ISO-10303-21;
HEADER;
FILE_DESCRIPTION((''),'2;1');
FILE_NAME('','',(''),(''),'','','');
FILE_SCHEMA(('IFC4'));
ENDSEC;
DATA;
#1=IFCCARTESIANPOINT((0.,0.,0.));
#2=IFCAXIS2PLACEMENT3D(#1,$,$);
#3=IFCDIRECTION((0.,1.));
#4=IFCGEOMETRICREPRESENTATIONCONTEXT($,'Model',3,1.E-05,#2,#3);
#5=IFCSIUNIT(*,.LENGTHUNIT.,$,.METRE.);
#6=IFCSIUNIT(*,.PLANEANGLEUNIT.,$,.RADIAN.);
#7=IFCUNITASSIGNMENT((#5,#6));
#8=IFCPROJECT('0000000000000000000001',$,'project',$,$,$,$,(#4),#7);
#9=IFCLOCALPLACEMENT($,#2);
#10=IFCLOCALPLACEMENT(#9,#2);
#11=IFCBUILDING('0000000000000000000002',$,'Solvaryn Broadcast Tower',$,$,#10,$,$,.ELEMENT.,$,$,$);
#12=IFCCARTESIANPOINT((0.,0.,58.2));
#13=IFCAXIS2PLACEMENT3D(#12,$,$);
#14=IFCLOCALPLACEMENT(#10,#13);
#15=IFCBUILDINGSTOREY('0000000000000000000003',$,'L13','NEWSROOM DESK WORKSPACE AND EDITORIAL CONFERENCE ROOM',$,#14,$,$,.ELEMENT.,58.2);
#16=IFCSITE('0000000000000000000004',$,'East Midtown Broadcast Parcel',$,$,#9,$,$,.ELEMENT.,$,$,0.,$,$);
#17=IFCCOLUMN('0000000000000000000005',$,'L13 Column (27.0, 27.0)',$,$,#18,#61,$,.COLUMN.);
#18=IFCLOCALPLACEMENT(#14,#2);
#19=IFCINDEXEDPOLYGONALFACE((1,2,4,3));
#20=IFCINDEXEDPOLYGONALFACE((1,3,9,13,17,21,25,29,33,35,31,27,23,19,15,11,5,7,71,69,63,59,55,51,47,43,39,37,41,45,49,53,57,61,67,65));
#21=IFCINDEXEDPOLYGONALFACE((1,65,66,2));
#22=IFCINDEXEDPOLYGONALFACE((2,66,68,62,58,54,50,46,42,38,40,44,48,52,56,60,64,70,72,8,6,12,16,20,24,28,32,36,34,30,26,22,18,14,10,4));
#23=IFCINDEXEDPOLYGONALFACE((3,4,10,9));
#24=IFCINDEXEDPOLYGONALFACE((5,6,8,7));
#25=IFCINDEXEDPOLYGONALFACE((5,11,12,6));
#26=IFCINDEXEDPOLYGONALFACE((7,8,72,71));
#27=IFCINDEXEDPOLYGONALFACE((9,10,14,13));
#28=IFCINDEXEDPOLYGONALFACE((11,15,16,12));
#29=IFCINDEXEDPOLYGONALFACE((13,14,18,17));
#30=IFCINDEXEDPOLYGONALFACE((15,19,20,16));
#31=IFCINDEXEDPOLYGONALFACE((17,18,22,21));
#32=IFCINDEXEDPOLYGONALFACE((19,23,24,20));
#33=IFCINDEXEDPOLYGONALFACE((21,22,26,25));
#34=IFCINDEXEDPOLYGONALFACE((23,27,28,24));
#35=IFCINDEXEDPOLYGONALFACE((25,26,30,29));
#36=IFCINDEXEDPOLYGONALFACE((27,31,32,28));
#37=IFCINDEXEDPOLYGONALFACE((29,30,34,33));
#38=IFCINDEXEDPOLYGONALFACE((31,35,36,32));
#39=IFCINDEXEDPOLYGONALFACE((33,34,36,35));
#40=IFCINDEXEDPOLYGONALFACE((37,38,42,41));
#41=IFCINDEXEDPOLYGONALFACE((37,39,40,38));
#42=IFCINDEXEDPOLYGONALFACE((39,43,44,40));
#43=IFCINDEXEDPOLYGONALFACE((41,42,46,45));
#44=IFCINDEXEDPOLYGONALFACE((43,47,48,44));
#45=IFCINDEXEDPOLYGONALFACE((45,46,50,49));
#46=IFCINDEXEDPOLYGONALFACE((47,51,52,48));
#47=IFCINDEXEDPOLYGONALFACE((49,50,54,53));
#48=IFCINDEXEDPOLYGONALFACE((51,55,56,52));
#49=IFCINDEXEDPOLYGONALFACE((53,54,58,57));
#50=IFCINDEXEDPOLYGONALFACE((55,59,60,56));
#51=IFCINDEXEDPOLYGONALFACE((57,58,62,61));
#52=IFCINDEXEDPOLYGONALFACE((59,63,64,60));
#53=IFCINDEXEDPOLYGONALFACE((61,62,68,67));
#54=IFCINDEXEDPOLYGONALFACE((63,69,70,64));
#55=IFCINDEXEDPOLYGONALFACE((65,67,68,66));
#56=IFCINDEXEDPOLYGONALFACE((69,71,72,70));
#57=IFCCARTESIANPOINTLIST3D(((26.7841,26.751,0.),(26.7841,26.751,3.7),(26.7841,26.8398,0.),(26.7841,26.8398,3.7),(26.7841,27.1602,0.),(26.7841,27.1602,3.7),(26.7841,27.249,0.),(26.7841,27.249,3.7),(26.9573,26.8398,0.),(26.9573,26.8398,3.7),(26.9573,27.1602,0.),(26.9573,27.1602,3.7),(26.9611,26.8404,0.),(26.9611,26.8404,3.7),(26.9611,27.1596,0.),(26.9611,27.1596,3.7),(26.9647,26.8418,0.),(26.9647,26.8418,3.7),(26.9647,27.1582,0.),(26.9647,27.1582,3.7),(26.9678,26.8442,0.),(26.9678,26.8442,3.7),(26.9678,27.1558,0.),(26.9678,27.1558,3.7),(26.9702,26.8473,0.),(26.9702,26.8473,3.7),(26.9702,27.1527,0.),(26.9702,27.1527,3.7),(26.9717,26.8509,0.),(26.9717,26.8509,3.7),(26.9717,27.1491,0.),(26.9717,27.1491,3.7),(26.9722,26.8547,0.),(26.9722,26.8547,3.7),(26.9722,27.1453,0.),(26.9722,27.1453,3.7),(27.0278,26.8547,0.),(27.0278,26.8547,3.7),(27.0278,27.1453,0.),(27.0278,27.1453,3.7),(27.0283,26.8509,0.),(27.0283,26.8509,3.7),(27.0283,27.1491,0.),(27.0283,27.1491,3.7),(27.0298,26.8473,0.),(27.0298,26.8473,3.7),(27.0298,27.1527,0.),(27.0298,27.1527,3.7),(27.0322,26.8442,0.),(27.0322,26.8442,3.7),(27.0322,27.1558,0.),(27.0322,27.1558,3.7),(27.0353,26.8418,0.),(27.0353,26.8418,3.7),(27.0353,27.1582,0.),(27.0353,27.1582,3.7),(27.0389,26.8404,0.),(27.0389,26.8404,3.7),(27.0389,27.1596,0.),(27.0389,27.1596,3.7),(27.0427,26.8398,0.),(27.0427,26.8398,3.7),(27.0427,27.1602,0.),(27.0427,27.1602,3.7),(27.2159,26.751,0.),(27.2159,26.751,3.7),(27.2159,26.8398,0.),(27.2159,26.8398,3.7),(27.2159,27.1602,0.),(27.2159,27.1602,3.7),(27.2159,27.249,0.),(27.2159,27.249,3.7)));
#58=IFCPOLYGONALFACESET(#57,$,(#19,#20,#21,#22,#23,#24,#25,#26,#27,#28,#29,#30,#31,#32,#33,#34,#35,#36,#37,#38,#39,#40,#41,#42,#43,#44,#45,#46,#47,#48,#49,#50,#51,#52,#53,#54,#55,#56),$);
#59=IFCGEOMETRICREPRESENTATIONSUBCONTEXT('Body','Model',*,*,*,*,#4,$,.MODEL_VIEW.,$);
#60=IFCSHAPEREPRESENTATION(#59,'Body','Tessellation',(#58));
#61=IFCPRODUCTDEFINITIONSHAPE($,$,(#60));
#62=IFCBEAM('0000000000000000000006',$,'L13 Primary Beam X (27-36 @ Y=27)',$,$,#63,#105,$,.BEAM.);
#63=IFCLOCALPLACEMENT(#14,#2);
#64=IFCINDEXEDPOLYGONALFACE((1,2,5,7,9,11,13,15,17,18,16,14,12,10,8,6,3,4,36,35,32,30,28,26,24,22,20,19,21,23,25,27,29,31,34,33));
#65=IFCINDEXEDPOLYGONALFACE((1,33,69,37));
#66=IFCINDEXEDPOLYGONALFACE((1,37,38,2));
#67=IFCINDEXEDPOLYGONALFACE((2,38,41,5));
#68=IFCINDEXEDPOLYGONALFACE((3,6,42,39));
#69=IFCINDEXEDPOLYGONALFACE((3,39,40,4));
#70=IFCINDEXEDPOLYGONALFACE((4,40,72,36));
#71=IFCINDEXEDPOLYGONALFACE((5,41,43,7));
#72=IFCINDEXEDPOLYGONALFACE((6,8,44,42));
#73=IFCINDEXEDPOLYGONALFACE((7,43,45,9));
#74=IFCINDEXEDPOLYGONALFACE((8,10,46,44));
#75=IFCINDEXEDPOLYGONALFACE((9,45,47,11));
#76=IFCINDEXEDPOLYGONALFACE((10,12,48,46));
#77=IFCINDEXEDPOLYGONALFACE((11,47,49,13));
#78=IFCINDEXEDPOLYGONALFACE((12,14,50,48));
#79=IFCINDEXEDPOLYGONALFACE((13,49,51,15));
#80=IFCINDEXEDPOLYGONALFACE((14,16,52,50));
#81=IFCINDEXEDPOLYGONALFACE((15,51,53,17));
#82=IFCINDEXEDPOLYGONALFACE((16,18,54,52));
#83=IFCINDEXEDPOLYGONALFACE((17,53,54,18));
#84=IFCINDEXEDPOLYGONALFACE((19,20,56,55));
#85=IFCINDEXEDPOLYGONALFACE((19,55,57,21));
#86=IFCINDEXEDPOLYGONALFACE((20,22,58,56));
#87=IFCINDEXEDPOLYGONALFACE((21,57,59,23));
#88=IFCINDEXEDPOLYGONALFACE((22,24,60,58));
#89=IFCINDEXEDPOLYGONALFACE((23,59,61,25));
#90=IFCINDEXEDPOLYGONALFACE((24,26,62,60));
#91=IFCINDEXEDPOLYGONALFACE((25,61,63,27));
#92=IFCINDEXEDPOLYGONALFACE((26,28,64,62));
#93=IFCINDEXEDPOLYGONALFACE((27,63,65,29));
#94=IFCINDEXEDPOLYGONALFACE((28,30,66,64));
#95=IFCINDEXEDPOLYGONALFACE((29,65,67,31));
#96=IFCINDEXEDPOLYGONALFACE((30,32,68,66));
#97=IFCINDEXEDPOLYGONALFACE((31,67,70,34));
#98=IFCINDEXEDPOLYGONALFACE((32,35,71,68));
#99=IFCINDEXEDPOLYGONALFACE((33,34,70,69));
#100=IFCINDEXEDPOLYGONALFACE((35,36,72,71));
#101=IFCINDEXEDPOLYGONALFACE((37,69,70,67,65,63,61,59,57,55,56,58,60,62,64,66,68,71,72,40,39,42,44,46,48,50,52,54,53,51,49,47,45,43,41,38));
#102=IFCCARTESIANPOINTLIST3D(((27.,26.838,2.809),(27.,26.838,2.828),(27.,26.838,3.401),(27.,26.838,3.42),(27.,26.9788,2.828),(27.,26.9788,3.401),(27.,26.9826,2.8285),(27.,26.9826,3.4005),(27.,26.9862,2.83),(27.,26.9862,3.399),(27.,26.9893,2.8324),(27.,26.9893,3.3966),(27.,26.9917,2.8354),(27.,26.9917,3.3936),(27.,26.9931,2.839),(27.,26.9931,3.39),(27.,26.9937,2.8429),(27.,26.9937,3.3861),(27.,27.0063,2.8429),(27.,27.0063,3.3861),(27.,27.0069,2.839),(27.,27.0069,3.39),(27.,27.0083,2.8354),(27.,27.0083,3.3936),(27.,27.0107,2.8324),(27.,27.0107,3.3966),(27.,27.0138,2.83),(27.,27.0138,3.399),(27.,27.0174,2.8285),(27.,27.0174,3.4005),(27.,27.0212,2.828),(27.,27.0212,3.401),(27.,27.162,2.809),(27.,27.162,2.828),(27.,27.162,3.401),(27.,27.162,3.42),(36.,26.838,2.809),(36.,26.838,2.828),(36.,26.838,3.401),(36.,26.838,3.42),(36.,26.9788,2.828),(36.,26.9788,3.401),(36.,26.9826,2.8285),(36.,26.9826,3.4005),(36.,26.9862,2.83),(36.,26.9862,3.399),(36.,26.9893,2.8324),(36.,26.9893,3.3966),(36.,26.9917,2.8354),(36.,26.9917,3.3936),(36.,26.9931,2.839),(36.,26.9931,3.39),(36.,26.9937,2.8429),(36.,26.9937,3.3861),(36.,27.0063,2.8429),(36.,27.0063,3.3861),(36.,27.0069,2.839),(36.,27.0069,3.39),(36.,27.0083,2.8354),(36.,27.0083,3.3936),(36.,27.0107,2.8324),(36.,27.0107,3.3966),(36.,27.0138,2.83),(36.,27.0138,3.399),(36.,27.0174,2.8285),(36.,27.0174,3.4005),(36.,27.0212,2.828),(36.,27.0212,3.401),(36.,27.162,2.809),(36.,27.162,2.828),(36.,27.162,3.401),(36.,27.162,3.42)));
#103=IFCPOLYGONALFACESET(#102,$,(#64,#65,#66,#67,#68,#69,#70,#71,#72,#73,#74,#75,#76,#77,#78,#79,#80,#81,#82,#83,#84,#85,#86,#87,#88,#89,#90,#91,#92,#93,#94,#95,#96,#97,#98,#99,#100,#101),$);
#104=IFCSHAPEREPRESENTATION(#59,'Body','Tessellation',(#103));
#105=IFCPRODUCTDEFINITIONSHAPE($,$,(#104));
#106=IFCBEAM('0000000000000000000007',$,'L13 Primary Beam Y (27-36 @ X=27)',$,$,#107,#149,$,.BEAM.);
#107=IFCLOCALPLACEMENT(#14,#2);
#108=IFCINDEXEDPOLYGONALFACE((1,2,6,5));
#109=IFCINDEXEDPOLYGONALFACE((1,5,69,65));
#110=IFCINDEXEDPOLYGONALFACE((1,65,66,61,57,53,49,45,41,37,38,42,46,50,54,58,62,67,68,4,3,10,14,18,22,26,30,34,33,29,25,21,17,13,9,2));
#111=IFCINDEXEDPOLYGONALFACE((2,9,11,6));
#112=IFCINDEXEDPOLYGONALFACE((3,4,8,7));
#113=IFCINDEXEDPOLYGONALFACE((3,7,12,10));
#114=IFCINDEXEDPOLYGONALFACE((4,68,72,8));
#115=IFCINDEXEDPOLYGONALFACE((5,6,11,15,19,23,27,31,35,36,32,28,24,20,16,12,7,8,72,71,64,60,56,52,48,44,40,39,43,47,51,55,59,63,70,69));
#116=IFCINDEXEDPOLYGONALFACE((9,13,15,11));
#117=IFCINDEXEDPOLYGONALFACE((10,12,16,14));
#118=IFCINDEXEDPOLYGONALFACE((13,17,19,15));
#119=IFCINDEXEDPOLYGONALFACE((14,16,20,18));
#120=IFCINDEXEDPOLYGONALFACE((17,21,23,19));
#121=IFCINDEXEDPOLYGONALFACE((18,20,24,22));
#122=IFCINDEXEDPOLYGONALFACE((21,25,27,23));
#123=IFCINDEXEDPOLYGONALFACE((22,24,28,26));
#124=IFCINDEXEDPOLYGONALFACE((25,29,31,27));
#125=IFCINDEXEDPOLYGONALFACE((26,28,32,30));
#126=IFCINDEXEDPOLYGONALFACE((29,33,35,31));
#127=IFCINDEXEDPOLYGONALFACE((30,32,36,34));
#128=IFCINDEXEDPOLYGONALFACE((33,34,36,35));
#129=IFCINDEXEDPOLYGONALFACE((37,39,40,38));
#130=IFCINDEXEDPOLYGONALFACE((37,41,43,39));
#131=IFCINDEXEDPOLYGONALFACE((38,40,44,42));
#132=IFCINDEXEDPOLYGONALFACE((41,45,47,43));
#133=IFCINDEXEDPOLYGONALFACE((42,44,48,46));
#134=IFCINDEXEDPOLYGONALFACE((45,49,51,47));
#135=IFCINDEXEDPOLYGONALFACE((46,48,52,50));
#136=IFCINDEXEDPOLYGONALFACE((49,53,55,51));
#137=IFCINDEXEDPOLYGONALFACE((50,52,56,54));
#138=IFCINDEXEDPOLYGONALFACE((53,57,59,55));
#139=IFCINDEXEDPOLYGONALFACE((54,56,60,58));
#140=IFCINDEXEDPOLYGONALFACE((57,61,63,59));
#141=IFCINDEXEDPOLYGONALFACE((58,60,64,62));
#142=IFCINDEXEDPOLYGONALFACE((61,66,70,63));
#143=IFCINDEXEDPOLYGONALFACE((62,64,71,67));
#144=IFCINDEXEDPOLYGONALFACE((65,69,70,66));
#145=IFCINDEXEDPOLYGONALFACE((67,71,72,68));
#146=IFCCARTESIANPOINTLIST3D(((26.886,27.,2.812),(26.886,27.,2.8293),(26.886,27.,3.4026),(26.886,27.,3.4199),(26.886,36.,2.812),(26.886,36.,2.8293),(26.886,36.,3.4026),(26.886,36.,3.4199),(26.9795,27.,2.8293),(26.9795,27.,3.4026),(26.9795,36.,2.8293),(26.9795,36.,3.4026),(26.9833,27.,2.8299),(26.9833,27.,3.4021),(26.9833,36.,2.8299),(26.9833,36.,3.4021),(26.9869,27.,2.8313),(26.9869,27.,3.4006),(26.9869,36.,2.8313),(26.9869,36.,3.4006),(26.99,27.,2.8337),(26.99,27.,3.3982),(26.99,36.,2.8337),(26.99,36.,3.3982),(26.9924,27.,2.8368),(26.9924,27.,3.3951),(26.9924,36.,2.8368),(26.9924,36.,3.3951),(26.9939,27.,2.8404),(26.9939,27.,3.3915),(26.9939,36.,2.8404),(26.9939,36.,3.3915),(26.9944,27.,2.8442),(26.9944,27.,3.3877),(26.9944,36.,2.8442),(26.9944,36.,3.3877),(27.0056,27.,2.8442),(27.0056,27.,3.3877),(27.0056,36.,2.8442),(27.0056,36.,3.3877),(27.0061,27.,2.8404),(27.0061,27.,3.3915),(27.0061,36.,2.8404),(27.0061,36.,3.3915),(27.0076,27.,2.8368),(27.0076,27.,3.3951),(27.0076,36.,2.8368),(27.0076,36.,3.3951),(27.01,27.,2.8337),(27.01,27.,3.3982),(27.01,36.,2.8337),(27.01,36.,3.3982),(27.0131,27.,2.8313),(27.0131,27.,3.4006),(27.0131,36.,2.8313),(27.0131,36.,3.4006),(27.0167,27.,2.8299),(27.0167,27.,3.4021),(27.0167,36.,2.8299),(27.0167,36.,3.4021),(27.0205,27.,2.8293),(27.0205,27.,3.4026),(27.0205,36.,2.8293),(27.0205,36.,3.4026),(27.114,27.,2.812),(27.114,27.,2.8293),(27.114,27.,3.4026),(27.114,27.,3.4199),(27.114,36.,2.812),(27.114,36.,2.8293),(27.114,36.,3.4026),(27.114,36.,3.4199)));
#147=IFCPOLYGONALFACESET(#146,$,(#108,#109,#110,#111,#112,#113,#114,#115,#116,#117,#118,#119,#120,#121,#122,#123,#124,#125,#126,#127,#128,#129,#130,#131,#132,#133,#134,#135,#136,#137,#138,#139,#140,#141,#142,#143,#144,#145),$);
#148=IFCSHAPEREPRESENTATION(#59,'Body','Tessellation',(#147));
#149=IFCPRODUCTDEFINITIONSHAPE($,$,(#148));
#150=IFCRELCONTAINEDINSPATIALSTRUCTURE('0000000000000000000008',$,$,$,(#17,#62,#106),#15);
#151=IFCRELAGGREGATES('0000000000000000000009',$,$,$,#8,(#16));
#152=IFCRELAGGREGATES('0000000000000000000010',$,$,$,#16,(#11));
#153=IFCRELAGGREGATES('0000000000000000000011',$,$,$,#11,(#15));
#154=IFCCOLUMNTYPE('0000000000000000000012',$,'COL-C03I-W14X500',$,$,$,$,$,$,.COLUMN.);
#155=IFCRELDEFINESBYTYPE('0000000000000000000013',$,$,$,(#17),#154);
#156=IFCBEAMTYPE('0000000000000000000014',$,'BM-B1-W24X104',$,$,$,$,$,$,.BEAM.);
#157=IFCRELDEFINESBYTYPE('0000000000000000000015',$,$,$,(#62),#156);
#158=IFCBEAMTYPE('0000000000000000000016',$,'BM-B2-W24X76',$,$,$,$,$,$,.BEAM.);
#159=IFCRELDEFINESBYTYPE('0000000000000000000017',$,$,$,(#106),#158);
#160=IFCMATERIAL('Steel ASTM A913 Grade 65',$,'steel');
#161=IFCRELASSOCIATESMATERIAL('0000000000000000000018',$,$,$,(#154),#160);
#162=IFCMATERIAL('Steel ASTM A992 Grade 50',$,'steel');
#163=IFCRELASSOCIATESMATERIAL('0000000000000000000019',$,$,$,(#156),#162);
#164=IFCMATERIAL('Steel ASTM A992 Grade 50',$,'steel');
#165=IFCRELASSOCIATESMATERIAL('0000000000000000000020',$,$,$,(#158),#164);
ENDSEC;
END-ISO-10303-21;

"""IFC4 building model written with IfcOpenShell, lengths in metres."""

from ifc_helpers import new_model, si_unit, direction, frame, origin, origin_2d, place, context, subcontext, project, spatial, i_section, extrude, material, material_profile, profile_set, type_object, element, save


model = new_model("IFC4")

# Units and contexts
model_context = context("Model", 3, precision=1e-05, world=origin(), true_north=direction((0.0, 1.0)))
body_context = subcontext(model_context, "Body", "Model", "MODEL_VIEW")
ifc_project = project(units=[si_unit("LENGTHUNIT", "METRE"), si_unit("PLANEANGLEUNIT", "RADIAN")], contexts=[model_context])

# Site, building, storey
site_placement = place(None, origin())
site = spatial("IfcSite", under=ifc_project, at=site_placement, Name="East Midtown Broadcast Parcel", CompositionType="ELEMENT", RefElevation=0.0)
building_placement = place(site_placement, origin())
building = spatial("IfcBuilding", under=site, at=building_placement, Name="Solvaryn Broadcast Tower", CompositionType="ELEMENT")
storey_placement = place(building_placement, frame((0.0, 0.0, 58.2)))
storey = spatial("IfcBuildingStorey", under=building, at=storey_placement, Name="L13", Description="NEWSROOM DESK WORKSPACE AND EDITORIAL CONFERENCE ROOM", CompositionType="ELEMENT", Elevation=58.2)

# Column
ifc_material_1 = material(Name="Steel ASTM A913 Grade 65", Category="steel")
ifc_material_profile_1 = material_profile(ifc_material_1, i_section(OverallWidth=0.4319, OverallDepth=0.498, WebThickness=0.0557, FlangeThickness=0.0889, FilletRadius=0.0149, at=origin_2d()))
ifc_profile_set_1 = profile_set([ifc_material_profile_1], Name="Steel ASTM A913 Grade 65")
column_type = type_object("IfcColumnType", Name="COL-C03I-W14X500", PredefinedType="COLUMN", material=ifc_profile_set_1)
column_placement = place(storey_placement, frame((27.0, 27.0, 0.0), z_axis=(0.0, 0.0, 1.0), x_axis=(1.0, 0.0, 0.0)))
element("IfcColumn", 1, at=column_placement, inside=storey, type_object=column_type, Name="L13 Column (27.0, 27.0)", PredefinedType="COLUMN", context=body_context, shape_type="SweptSolid", body=[
    extrude(i_section(OverallWidth=0.4319, OverallDepth=0.498, WebThickness=0.0557, FlangeThickness=0.0889, FilletRadius=0.0149, at=origin_2d()), origin(), (0.0, 0.0, 1.0), 3.7),
])

# Beams
ifc_material_2 = material(Name="Steel ASTM A992 Grade 50", Category="steel")
ifc_material_profile_2 = material_profile(ifc_material_2, i_section(OverallWidth=0.324, OverallDepth=0.6111, WebThickness=0.0127, FlangeThickness=0.019, FilletRadius=0.0149, at=origin_2d()))
ifc_profile_set_2 = profile_set([ifc_material_profile_2], Name="Steel ASTM A992 Grade 50")
beam_type_1 = type_object("IfcBeamType", Name="BM-B1-W24X104", PredefinedType="BEAM", material=ifc_profile_set_2)
beam_1_placement = place(storey_placement, frame((27.0, 27.0, 3.1145), z_axis=(1.0, 0.0, 0.0), x_axis=(0.0, 1.0, 0.0)))
element("IfcBeam", 2, at=beam_1_placement, inside=storey, type_object=beam_type_1, Name="L13 Primary Beam X (27-36 @ Y=27)", PredefinedType="BEAM", context=body_context, shape_type="SweptSolid", body=[
    extrude(i_section(OverallWidth=0.324, OverallDepth=0.6111, WebThickness=0.0127, FlangeThickness=0.019, FilletRadius=0.0149, at=origin_2d()), origin(), (0.0, 0.0, 1.0), 9.0),
])
ifc_material_3 = material(Name="Steel ASTM A992 Grade 50", Category="steel")
ifc_material_profile_3 = material_profile(ifc_material_3, i_section(OverallWidth=0.228, OverallDepth=0.6079, WebThickness=0.0112, FlangeThickness=0.0173, FilletRadius=0.0149, at=origin_2d()))
ifc_profile_set_3 = profile_set([ifc_material_profile_3], Name="Steel ASTM A992 Grade 50")
beam_type_2 = type_object("IfcBeamType", Name="BM-B2-W24X76", PredefinedType="BEAM", material=ifc_profile_set_3)
beam_2_placement = place(storey_placement, frame((27.0, 27.0, 3.116), z_axis=(0.0, 1.0, 0.0), x_axis=(-1.0, 0.0, 0.0)))
element("IfcBeam", 3, at=beam_2_placement, inside=storey, type_object=beam_type_2, Name="L13 Primary Beam Y (27-36 @ X=27)", PredefinedType="BEAM", context=body_context, shape_type="SweptSolid", body=[
    extrude(i_section(OverallWidth=0.228, OverallDepth=0.6079, WebThickness=0.0112, FlangeThickness=0.0173, FilletRadius=0.0149, at=origin_2d()), origin(), (0.0, 0.0, 1.0), 9.0),
])

save(model, "model.ifc")
